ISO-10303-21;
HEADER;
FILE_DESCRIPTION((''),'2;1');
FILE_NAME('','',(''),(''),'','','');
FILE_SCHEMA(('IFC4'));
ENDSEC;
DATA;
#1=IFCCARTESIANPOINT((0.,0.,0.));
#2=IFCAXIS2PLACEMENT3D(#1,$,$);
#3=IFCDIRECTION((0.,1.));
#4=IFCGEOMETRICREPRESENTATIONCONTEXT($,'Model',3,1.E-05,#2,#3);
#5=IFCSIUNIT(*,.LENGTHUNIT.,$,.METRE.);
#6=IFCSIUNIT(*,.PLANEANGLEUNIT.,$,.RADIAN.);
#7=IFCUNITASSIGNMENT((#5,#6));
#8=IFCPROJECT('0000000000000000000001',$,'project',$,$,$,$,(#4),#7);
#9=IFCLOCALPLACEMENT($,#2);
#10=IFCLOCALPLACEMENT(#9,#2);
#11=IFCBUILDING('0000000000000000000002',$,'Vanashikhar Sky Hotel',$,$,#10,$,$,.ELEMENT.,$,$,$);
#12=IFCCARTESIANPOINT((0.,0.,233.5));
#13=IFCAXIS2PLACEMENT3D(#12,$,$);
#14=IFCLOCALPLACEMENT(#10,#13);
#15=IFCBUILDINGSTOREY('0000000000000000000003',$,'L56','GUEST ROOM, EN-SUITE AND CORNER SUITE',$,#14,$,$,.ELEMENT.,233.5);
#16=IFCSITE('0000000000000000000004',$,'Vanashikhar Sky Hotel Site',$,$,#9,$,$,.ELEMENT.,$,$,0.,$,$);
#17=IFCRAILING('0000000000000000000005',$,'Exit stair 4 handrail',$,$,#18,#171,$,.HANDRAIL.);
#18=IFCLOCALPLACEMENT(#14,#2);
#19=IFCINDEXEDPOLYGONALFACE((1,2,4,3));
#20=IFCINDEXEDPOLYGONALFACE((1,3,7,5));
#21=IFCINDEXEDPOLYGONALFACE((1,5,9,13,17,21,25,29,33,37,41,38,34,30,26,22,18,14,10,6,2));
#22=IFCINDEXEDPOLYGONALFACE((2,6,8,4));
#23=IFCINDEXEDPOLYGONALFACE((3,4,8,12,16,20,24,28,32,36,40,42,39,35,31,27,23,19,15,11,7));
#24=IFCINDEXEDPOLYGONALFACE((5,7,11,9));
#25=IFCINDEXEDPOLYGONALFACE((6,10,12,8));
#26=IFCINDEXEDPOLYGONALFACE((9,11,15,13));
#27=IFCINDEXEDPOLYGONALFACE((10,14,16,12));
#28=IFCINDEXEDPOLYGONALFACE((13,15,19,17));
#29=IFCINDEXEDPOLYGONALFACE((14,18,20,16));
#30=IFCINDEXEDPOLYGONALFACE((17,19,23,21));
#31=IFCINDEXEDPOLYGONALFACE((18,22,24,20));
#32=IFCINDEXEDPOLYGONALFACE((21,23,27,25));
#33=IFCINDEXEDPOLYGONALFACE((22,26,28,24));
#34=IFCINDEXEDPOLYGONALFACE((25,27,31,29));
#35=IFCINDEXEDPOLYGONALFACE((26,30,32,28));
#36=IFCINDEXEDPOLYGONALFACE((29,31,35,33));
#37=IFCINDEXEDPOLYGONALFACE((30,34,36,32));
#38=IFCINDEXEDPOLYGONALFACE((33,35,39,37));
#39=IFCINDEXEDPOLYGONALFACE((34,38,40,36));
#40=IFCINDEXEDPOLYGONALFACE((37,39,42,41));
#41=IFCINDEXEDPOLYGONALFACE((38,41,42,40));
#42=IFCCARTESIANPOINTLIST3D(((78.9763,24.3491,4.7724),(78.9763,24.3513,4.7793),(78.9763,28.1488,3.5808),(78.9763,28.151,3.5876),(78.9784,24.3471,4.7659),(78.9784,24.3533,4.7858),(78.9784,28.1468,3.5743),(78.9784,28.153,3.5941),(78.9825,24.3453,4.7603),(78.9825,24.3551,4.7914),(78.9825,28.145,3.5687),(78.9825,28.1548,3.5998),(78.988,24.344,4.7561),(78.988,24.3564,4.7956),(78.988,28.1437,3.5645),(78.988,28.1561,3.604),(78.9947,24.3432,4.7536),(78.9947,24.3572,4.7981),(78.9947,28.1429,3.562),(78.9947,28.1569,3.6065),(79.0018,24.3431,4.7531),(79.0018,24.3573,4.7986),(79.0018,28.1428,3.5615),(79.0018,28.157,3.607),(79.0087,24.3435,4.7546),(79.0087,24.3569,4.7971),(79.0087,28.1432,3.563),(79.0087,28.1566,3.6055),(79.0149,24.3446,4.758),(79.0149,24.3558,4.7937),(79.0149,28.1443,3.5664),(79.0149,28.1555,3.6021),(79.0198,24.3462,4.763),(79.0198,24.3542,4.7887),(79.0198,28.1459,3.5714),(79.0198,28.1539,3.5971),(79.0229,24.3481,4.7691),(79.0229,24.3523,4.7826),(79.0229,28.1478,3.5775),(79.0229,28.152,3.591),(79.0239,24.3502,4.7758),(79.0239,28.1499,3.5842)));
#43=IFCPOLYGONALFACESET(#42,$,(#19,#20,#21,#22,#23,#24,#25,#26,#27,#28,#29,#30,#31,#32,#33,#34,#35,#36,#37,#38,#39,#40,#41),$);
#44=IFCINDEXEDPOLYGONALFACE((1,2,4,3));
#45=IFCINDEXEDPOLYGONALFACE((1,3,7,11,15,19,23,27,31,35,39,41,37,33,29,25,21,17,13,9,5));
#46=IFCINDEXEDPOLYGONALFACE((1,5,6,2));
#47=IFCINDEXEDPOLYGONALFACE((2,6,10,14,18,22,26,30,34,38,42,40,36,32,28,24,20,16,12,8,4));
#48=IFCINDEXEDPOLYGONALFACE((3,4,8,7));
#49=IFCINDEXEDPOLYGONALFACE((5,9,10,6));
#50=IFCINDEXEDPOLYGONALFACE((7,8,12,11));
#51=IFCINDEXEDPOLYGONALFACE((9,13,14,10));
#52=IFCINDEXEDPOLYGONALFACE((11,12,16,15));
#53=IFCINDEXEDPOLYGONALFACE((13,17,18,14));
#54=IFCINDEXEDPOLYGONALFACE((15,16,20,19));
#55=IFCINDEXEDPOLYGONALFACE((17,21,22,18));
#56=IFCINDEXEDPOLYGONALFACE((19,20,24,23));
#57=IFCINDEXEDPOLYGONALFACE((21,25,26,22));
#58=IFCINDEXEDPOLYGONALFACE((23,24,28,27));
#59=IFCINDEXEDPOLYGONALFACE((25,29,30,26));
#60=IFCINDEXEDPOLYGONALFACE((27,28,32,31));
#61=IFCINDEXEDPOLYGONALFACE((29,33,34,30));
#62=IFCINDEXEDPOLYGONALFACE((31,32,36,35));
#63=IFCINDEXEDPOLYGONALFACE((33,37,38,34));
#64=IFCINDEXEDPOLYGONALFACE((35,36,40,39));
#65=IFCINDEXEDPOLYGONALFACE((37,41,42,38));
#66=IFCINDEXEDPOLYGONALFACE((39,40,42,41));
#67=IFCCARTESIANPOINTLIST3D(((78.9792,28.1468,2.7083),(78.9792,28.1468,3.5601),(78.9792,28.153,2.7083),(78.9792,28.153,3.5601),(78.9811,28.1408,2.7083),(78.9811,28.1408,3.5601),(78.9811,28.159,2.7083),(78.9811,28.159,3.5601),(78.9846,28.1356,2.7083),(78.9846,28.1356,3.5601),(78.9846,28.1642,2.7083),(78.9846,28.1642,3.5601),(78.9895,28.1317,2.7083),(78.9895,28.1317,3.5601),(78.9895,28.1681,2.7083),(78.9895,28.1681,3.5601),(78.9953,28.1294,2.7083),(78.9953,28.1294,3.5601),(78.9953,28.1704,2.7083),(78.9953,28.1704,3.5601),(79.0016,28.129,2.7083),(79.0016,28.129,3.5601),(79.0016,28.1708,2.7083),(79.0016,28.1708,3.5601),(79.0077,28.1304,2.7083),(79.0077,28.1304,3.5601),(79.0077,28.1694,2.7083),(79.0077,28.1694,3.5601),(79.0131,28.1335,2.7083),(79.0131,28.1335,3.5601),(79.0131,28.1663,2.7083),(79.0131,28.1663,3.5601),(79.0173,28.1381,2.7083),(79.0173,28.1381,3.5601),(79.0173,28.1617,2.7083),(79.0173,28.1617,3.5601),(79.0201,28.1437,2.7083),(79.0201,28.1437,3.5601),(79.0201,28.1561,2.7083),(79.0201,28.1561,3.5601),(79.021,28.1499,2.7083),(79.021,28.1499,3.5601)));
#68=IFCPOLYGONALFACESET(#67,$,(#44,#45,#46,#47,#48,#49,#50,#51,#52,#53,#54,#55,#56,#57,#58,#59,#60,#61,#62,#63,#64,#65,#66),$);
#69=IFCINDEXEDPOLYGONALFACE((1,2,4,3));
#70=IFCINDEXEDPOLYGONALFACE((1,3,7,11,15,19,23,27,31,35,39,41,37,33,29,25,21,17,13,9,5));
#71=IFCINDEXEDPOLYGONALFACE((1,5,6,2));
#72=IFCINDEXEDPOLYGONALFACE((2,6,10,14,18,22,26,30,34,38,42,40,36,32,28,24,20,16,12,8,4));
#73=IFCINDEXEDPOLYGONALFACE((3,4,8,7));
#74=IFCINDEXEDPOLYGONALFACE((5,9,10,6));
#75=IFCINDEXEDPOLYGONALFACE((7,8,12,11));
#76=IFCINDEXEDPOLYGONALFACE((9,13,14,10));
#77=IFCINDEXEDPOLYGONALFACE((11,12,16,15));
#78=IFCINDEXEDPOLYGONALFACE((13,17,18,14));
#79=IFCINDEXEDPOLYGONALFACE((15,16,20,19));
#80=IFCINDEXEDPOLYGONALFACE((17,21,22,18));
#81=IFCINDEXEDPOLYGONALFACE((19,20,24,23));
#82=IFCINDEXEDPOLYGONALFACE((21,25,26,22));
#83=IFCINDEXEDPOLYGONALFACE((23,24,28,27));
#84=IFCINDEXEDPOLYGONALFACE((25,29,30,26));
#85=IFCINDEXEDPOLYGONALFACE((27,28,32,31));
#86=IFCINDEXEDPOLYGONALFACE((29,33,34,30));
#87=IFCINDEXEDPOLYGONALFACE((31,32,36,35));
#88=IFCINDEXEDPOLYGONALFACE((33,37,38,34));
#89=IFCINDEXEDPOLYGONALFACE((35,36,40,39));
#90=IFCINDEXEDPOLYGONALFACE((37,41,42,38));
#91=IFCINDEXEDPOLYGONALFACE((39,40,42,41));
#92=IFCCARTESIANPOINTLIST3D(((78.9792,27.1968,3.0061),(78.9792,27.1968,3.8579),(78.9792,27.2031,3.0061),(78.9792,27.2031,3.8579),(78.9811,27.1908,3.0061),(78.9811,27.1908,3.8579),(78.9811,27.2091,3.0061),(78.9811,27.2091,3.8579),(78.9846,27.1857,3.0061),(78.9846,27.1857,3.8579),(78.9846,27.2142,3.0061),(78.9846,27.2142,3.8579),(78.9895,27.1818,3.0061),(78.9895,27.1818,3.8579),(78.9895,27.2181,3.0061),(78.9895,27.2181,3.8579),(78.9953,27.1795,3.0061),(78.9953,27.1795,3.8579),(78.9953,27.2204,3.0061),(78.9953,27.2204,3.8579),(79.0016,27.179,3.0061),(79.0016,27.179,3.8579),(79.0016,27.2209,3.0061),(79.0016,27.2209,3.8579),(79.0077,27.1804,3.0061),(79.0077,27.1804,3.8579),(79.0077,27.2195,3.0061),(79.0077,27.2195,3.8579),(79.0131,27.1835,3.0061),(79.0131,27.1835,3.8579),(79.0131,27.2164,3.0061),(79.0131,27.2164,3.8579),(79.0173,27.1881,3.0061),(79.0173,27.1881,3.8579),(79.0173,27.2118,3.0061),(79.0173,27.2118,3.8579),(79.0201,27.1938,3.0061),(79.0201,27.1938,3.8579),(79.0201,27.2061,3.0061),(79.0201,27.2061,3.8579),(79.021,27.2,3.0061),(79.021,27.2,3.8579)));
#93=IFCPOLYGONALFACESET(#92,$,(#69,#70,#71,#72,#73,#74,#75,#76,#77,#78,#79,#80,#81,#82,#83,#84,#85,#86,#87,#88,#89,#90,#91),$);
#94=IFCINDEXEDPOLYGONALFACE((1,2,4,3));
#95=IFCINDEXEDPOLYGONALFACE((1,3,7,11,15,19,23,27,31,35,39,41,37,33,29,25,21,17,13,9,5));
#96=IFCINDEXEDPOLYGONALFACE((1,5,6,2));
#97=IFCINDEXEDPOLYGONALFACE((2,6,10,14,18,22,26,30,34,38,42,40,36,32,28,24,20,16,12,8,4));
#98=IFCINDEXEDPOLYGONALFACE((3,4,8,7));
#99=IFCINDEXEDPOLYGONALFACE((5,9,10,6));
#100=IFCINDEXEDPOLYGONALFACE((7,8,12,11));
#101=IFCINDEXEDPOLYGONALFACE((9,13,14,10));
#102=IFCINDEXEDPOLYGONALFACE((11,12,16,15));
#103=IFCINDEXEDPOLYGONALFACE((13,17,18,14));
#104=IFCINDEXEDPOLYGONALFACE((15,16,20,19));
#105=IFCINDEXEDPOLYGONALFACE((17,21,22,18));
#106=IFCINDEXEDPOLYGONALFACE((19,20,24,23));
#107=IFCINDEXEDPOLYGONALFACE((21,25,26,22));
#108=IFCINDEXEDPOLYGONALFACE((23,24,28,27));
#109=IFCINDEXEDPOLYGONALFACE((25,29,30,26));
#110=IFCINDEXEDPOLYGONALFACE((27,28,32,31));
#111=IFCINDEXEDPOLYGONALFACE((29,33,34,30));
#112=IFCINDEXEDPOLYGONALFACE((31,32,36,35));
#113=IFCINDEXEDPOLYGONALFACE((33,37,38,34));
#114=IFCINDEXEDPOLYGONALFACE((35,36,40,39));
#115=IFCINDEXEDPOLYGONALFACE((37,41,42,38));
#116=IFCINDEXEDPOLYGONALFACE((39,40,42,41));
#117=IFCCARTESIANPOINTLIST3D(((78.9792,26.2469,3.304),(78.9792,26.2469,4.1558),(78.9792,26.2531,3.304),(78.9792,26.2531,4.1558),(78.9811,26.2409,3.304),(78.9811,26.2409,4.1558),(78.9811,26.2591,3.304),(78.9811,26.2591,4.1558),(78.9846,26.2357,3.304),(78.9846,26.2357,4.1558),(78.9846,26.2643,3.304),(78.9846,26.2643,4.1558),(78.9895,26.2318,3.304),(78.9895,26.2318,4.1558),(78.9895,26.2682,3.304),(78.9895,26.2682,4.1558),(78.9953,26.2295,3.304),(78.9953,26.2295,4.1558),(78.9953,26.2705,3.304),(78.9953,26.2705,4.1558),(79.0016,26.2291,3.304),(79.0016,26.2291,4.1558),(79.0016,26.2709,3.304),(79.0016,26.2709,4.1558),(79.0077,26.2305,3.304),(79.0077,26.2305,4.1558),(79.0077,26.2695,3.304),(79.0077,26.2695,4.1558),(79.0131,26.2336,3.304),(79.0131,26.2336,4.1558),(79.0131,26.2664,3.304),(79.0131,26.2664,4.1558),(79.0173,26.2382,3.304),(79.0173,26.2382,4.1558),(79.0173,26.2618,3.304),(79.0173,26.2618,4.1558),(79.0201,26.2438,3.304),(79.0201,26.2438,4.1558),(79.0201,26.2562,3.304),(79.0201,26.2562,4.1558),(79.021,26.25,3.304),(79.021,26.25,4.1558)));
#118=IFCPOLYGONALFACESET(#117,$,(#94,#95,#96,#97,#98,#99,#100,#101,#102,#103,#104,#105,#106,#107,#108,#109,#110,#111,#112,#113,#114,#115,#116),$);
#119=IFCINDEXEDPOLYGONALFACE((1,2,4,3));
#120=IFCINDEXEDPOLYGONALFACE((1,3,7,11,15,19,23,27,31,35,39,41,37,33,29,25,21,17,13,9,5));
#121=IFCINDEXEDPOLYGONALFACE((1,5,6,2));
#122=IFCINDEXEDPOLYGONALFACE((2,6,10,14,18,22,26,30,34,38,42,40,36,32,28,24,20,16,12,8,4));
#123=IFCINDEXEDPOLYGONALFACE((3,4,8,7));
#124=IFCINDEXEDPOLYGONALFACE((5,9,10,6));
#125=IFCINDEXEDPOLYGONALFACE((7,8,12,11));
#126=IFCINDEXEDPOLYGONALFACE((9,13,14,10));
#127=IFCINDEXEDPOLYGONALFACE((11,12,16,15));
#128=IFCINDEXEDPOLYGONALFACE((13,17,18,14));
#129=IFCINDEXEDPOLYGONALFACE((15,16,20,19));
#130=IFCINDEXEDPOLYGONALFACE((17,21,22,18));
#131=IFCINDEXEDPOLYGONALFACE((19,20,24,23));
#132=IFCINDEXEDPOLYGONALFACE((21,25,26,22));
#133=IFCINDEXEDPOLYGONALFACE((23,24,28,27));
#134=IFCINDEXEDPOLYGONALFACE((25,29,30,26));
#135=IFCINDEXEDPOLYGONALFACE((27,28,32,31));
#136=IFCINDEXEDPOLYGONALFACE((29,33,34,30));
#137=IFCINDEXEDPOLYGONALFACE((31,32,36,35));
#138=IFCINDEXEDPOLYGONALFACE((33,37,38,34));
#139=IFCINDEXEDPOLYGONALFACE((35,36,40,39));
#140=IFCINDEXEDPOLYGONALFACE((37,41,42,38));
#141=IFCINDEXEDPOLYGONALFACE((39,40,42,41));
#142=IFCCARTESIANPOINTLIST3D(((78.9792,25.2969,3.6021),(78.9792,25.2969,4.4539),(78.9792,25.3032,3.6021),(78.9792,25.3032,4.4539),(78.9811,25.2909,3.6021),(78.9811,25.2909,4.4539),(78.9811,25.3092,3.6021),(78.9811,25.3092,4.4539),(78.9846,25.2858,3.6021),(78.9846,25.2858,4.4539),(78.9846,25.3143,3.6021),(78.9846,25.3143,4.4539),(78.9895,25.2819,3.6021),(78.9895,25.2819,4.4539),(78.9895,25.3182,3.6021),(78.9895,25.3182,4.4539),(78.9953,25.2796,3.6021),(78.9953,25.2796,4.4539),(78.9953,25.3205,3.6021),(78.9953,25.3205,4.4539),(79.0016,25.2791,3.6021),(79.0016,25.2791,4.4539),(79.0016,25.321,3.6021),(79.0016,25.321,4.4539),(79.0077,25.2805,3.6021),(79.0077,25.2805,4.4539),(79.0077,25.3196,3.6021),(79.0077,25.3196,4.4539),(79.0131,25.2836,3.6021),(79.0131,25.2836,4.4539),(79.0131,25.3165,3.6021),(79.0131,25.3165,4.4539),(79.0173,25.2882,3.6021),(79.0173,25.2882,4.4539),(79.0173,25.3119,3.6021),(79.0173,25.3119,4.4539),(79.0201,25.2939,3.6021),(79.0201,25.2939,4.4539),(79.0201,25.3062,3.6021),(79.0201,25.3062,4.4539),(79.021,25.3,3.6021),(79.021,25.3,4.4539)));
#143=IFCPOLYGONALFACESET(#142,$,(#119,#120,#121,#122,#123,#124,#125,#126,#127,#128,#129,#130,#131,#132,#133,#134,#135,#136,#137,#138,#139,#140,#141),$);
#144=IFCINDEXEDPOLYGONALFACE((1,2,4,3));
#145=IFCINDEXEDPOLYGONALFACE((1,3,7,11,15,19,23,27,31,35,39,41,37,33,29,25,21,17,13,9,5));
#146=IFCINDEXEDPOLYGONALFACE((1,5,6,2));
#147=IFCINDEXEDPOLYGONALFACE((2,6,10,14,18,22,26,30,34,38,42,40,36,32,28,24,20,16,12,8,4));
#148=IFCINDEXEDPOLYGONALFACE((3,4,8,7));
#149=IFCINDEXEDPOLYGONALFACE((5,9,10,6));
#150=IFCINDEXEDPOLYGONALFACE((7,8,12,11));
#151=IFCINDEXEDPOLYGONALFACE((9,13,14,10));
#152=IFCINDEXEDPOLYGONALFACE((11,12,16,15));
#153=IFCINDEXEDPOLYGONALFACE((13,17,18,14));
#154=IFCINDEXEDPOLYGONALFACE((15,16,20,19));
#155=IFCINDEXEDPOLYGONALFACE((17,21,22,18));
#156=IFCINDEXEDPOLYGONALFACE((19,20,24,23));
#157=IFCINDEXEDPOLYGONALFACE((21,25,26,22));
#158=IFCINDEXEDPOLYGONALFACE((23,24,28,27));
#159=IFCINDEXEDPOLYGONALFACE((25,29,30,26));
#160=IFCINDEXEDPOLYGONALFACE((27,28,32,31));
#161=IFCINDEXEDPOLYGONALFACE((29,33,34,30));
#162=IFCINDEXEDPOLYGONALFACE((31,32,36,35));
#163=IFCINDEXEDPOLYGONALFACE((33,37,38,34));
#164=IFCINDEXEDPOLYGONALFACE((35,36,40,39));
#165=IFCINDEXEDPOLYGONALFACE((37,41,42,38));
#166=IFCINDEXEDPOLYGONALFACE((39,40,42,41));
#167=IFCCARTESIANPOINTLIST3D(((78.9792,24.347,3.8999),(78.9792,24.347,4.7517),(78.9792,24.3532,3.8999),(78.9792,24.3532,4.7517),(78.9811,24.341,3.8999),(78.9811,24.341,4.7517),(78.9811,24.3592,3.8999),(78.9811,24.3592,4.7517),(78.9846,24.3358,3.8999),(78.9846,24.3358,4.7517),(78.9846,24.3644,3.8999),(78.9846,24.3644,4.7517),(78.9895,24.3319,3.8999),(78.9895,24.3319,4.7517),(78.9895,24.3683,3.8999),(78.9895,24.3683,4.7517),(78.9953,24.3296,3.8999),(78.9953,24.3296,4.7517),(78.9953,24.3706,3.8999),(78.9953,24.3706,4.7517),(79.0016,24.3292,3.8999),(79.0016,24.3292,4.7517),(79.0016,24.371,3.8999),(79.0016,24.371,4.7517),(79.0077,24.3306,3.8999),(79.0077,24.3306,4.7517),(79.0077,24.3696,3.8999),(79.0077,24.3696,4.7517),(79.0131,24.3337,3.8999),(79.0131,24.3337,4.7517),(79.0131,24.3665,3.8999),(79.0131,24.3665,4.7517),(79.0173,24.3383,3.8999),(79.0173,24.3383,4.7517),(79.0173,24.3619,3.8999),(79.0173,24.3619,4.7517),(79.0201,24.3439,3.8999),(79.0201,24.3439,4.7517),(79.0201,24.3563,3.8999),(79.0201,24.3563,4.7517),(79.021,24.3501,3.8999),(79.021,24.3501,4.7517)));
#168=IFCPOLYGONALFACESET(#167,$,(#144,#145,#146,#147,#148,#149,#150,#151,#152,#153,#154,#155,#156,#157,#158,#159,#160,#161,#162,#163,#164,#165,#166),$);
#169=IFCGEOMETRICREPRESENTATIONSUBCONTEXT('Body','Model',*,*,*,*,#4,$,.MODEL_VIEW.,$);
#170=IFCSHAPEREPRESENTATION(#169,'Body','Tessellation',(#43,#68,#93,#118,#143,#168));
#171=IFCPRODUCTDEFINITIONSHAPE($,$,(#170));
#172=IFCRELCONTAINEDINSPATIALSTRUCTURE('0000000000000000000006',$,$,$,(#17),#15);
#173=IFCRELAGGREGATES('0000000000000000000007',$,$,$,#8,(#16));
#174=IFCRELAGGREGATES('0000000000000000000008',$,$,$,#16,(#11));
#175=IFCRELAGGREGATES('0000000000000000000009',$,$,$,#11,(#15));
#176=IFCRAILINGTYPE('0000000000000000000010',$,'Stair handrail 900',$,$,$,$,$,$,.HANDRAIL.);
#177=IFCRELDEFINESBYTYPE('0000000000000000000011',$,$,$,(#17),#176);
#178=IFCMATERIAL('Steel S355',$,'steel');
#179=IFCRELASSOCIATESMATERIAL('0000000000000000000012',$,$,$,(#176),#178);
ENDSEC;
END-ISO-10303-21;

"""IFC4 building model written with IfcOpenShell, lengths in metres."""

from ifc_helpers import new_model, si_unit, direction, frame, origin, origin_2d, place, context, subcontext, project, spatial, circle, extrude, source, transform, mapped, material, type_object, element, save


model = new_model("IFC4")

# Units and contexts
model_context = context("Model", 3, precision=1e-05, world=origin(), true_north=direction((0.0, 1.0)))
body_context = subcontext(model_context, "Body", "Model", "MODEL_VIEW")
ifc_project = project(units=[si_unit("LENGTHUNIT", "METRE"), si_unit("PLANEANGLEUNIT", "RADIAN")], contexts=[model_context])

# Site, building, storey
site_placement = place(None, origin())
site = spatial("IfcSite", under=ifc_project, at=site_placement, Name="Vanashikhar Sky Hotel Site", CompositionType="ELEMENT", RefElevation=0.0)
building_placement = place(site_placement, origin())
building = spatial("IfcBuilding", under=site, at=building_placement, Name="Vanashikhar Sky Hotel", CompositionType="ELEMENT")
storey_placement = place(building_placement, frame((0.0, 0.0, 233.5)))
storey = spatial("IfcBuildingStorey", under=building, at=storey_placement, Name="L56", Description="GUEST ROOM, EN-SUITE AND CORNER SUITE", CompositionType="ELEMENT", Elevation=233.5)

# Railing
ifc_material_1 = material(Name="Steel S355", Category="steel")
railing_type = type_object("IfcRailingType", Name="Stair handrail 900", PredefinedType="HANDRAIL", material=ifc_material_1)
shared_shape_1 = source(origin(), body_context, "Body", "SweptSolid", [
    extrude(circle(Radius=0.0239, at=origin_2d()), frame((0.0, 0.0, 0.876), z_axis=(0.0, -0.954178, 0.299238), x_axis=(1.0, 0.0, 0.0)), (0.0, 0.0, 1.0), 3.9822),
    extrude(circle(Radius=0.021, at=origin_2d()), origin(), (0.0, 0.0, 1.0), 0.8518),
    extrude(circle(Radius=0.021, at=origin_2d()), frame((0.0, -0.95, 0.2979)), (0.0, 0.0, 1.0), 0.8518),
    extrude(circle(Radius=0.021, at=origin_2d()), frame((0.0, -1.8999, 0.5957)), (0.0, 0.0, 1.0), 0.8518),
    extrude(circle(Radius=0.021, at=origin_2d()), frame((0.0, -2.8499, 0.8938)), (0.0, 0.0, 1.0), 0.8518),
    extrude(circle(Radius=0.021, at=origin_2d()), frame((0.0, -3.7998, 1.1917)), (0.0, 0.0, 1.0), 0.8518),
])
for number, where, name in (
    (1, (79.0, 28.1499, 2.7083), "Exit stair 4 handrail"),
):
    element("IfcRailing", number, at=place(storey_placement, frame(where)), inside=storey, type_object=railing_type, Name=name, PredefinedType="HANDRAIL", context=body_context, shape_type="MappedRepresentation", body=[
        mapped(shared_shape_1, transform((0.0, 0.0, 0.0), scale=1.0)),
    ])

save(model, "model.ifc")
